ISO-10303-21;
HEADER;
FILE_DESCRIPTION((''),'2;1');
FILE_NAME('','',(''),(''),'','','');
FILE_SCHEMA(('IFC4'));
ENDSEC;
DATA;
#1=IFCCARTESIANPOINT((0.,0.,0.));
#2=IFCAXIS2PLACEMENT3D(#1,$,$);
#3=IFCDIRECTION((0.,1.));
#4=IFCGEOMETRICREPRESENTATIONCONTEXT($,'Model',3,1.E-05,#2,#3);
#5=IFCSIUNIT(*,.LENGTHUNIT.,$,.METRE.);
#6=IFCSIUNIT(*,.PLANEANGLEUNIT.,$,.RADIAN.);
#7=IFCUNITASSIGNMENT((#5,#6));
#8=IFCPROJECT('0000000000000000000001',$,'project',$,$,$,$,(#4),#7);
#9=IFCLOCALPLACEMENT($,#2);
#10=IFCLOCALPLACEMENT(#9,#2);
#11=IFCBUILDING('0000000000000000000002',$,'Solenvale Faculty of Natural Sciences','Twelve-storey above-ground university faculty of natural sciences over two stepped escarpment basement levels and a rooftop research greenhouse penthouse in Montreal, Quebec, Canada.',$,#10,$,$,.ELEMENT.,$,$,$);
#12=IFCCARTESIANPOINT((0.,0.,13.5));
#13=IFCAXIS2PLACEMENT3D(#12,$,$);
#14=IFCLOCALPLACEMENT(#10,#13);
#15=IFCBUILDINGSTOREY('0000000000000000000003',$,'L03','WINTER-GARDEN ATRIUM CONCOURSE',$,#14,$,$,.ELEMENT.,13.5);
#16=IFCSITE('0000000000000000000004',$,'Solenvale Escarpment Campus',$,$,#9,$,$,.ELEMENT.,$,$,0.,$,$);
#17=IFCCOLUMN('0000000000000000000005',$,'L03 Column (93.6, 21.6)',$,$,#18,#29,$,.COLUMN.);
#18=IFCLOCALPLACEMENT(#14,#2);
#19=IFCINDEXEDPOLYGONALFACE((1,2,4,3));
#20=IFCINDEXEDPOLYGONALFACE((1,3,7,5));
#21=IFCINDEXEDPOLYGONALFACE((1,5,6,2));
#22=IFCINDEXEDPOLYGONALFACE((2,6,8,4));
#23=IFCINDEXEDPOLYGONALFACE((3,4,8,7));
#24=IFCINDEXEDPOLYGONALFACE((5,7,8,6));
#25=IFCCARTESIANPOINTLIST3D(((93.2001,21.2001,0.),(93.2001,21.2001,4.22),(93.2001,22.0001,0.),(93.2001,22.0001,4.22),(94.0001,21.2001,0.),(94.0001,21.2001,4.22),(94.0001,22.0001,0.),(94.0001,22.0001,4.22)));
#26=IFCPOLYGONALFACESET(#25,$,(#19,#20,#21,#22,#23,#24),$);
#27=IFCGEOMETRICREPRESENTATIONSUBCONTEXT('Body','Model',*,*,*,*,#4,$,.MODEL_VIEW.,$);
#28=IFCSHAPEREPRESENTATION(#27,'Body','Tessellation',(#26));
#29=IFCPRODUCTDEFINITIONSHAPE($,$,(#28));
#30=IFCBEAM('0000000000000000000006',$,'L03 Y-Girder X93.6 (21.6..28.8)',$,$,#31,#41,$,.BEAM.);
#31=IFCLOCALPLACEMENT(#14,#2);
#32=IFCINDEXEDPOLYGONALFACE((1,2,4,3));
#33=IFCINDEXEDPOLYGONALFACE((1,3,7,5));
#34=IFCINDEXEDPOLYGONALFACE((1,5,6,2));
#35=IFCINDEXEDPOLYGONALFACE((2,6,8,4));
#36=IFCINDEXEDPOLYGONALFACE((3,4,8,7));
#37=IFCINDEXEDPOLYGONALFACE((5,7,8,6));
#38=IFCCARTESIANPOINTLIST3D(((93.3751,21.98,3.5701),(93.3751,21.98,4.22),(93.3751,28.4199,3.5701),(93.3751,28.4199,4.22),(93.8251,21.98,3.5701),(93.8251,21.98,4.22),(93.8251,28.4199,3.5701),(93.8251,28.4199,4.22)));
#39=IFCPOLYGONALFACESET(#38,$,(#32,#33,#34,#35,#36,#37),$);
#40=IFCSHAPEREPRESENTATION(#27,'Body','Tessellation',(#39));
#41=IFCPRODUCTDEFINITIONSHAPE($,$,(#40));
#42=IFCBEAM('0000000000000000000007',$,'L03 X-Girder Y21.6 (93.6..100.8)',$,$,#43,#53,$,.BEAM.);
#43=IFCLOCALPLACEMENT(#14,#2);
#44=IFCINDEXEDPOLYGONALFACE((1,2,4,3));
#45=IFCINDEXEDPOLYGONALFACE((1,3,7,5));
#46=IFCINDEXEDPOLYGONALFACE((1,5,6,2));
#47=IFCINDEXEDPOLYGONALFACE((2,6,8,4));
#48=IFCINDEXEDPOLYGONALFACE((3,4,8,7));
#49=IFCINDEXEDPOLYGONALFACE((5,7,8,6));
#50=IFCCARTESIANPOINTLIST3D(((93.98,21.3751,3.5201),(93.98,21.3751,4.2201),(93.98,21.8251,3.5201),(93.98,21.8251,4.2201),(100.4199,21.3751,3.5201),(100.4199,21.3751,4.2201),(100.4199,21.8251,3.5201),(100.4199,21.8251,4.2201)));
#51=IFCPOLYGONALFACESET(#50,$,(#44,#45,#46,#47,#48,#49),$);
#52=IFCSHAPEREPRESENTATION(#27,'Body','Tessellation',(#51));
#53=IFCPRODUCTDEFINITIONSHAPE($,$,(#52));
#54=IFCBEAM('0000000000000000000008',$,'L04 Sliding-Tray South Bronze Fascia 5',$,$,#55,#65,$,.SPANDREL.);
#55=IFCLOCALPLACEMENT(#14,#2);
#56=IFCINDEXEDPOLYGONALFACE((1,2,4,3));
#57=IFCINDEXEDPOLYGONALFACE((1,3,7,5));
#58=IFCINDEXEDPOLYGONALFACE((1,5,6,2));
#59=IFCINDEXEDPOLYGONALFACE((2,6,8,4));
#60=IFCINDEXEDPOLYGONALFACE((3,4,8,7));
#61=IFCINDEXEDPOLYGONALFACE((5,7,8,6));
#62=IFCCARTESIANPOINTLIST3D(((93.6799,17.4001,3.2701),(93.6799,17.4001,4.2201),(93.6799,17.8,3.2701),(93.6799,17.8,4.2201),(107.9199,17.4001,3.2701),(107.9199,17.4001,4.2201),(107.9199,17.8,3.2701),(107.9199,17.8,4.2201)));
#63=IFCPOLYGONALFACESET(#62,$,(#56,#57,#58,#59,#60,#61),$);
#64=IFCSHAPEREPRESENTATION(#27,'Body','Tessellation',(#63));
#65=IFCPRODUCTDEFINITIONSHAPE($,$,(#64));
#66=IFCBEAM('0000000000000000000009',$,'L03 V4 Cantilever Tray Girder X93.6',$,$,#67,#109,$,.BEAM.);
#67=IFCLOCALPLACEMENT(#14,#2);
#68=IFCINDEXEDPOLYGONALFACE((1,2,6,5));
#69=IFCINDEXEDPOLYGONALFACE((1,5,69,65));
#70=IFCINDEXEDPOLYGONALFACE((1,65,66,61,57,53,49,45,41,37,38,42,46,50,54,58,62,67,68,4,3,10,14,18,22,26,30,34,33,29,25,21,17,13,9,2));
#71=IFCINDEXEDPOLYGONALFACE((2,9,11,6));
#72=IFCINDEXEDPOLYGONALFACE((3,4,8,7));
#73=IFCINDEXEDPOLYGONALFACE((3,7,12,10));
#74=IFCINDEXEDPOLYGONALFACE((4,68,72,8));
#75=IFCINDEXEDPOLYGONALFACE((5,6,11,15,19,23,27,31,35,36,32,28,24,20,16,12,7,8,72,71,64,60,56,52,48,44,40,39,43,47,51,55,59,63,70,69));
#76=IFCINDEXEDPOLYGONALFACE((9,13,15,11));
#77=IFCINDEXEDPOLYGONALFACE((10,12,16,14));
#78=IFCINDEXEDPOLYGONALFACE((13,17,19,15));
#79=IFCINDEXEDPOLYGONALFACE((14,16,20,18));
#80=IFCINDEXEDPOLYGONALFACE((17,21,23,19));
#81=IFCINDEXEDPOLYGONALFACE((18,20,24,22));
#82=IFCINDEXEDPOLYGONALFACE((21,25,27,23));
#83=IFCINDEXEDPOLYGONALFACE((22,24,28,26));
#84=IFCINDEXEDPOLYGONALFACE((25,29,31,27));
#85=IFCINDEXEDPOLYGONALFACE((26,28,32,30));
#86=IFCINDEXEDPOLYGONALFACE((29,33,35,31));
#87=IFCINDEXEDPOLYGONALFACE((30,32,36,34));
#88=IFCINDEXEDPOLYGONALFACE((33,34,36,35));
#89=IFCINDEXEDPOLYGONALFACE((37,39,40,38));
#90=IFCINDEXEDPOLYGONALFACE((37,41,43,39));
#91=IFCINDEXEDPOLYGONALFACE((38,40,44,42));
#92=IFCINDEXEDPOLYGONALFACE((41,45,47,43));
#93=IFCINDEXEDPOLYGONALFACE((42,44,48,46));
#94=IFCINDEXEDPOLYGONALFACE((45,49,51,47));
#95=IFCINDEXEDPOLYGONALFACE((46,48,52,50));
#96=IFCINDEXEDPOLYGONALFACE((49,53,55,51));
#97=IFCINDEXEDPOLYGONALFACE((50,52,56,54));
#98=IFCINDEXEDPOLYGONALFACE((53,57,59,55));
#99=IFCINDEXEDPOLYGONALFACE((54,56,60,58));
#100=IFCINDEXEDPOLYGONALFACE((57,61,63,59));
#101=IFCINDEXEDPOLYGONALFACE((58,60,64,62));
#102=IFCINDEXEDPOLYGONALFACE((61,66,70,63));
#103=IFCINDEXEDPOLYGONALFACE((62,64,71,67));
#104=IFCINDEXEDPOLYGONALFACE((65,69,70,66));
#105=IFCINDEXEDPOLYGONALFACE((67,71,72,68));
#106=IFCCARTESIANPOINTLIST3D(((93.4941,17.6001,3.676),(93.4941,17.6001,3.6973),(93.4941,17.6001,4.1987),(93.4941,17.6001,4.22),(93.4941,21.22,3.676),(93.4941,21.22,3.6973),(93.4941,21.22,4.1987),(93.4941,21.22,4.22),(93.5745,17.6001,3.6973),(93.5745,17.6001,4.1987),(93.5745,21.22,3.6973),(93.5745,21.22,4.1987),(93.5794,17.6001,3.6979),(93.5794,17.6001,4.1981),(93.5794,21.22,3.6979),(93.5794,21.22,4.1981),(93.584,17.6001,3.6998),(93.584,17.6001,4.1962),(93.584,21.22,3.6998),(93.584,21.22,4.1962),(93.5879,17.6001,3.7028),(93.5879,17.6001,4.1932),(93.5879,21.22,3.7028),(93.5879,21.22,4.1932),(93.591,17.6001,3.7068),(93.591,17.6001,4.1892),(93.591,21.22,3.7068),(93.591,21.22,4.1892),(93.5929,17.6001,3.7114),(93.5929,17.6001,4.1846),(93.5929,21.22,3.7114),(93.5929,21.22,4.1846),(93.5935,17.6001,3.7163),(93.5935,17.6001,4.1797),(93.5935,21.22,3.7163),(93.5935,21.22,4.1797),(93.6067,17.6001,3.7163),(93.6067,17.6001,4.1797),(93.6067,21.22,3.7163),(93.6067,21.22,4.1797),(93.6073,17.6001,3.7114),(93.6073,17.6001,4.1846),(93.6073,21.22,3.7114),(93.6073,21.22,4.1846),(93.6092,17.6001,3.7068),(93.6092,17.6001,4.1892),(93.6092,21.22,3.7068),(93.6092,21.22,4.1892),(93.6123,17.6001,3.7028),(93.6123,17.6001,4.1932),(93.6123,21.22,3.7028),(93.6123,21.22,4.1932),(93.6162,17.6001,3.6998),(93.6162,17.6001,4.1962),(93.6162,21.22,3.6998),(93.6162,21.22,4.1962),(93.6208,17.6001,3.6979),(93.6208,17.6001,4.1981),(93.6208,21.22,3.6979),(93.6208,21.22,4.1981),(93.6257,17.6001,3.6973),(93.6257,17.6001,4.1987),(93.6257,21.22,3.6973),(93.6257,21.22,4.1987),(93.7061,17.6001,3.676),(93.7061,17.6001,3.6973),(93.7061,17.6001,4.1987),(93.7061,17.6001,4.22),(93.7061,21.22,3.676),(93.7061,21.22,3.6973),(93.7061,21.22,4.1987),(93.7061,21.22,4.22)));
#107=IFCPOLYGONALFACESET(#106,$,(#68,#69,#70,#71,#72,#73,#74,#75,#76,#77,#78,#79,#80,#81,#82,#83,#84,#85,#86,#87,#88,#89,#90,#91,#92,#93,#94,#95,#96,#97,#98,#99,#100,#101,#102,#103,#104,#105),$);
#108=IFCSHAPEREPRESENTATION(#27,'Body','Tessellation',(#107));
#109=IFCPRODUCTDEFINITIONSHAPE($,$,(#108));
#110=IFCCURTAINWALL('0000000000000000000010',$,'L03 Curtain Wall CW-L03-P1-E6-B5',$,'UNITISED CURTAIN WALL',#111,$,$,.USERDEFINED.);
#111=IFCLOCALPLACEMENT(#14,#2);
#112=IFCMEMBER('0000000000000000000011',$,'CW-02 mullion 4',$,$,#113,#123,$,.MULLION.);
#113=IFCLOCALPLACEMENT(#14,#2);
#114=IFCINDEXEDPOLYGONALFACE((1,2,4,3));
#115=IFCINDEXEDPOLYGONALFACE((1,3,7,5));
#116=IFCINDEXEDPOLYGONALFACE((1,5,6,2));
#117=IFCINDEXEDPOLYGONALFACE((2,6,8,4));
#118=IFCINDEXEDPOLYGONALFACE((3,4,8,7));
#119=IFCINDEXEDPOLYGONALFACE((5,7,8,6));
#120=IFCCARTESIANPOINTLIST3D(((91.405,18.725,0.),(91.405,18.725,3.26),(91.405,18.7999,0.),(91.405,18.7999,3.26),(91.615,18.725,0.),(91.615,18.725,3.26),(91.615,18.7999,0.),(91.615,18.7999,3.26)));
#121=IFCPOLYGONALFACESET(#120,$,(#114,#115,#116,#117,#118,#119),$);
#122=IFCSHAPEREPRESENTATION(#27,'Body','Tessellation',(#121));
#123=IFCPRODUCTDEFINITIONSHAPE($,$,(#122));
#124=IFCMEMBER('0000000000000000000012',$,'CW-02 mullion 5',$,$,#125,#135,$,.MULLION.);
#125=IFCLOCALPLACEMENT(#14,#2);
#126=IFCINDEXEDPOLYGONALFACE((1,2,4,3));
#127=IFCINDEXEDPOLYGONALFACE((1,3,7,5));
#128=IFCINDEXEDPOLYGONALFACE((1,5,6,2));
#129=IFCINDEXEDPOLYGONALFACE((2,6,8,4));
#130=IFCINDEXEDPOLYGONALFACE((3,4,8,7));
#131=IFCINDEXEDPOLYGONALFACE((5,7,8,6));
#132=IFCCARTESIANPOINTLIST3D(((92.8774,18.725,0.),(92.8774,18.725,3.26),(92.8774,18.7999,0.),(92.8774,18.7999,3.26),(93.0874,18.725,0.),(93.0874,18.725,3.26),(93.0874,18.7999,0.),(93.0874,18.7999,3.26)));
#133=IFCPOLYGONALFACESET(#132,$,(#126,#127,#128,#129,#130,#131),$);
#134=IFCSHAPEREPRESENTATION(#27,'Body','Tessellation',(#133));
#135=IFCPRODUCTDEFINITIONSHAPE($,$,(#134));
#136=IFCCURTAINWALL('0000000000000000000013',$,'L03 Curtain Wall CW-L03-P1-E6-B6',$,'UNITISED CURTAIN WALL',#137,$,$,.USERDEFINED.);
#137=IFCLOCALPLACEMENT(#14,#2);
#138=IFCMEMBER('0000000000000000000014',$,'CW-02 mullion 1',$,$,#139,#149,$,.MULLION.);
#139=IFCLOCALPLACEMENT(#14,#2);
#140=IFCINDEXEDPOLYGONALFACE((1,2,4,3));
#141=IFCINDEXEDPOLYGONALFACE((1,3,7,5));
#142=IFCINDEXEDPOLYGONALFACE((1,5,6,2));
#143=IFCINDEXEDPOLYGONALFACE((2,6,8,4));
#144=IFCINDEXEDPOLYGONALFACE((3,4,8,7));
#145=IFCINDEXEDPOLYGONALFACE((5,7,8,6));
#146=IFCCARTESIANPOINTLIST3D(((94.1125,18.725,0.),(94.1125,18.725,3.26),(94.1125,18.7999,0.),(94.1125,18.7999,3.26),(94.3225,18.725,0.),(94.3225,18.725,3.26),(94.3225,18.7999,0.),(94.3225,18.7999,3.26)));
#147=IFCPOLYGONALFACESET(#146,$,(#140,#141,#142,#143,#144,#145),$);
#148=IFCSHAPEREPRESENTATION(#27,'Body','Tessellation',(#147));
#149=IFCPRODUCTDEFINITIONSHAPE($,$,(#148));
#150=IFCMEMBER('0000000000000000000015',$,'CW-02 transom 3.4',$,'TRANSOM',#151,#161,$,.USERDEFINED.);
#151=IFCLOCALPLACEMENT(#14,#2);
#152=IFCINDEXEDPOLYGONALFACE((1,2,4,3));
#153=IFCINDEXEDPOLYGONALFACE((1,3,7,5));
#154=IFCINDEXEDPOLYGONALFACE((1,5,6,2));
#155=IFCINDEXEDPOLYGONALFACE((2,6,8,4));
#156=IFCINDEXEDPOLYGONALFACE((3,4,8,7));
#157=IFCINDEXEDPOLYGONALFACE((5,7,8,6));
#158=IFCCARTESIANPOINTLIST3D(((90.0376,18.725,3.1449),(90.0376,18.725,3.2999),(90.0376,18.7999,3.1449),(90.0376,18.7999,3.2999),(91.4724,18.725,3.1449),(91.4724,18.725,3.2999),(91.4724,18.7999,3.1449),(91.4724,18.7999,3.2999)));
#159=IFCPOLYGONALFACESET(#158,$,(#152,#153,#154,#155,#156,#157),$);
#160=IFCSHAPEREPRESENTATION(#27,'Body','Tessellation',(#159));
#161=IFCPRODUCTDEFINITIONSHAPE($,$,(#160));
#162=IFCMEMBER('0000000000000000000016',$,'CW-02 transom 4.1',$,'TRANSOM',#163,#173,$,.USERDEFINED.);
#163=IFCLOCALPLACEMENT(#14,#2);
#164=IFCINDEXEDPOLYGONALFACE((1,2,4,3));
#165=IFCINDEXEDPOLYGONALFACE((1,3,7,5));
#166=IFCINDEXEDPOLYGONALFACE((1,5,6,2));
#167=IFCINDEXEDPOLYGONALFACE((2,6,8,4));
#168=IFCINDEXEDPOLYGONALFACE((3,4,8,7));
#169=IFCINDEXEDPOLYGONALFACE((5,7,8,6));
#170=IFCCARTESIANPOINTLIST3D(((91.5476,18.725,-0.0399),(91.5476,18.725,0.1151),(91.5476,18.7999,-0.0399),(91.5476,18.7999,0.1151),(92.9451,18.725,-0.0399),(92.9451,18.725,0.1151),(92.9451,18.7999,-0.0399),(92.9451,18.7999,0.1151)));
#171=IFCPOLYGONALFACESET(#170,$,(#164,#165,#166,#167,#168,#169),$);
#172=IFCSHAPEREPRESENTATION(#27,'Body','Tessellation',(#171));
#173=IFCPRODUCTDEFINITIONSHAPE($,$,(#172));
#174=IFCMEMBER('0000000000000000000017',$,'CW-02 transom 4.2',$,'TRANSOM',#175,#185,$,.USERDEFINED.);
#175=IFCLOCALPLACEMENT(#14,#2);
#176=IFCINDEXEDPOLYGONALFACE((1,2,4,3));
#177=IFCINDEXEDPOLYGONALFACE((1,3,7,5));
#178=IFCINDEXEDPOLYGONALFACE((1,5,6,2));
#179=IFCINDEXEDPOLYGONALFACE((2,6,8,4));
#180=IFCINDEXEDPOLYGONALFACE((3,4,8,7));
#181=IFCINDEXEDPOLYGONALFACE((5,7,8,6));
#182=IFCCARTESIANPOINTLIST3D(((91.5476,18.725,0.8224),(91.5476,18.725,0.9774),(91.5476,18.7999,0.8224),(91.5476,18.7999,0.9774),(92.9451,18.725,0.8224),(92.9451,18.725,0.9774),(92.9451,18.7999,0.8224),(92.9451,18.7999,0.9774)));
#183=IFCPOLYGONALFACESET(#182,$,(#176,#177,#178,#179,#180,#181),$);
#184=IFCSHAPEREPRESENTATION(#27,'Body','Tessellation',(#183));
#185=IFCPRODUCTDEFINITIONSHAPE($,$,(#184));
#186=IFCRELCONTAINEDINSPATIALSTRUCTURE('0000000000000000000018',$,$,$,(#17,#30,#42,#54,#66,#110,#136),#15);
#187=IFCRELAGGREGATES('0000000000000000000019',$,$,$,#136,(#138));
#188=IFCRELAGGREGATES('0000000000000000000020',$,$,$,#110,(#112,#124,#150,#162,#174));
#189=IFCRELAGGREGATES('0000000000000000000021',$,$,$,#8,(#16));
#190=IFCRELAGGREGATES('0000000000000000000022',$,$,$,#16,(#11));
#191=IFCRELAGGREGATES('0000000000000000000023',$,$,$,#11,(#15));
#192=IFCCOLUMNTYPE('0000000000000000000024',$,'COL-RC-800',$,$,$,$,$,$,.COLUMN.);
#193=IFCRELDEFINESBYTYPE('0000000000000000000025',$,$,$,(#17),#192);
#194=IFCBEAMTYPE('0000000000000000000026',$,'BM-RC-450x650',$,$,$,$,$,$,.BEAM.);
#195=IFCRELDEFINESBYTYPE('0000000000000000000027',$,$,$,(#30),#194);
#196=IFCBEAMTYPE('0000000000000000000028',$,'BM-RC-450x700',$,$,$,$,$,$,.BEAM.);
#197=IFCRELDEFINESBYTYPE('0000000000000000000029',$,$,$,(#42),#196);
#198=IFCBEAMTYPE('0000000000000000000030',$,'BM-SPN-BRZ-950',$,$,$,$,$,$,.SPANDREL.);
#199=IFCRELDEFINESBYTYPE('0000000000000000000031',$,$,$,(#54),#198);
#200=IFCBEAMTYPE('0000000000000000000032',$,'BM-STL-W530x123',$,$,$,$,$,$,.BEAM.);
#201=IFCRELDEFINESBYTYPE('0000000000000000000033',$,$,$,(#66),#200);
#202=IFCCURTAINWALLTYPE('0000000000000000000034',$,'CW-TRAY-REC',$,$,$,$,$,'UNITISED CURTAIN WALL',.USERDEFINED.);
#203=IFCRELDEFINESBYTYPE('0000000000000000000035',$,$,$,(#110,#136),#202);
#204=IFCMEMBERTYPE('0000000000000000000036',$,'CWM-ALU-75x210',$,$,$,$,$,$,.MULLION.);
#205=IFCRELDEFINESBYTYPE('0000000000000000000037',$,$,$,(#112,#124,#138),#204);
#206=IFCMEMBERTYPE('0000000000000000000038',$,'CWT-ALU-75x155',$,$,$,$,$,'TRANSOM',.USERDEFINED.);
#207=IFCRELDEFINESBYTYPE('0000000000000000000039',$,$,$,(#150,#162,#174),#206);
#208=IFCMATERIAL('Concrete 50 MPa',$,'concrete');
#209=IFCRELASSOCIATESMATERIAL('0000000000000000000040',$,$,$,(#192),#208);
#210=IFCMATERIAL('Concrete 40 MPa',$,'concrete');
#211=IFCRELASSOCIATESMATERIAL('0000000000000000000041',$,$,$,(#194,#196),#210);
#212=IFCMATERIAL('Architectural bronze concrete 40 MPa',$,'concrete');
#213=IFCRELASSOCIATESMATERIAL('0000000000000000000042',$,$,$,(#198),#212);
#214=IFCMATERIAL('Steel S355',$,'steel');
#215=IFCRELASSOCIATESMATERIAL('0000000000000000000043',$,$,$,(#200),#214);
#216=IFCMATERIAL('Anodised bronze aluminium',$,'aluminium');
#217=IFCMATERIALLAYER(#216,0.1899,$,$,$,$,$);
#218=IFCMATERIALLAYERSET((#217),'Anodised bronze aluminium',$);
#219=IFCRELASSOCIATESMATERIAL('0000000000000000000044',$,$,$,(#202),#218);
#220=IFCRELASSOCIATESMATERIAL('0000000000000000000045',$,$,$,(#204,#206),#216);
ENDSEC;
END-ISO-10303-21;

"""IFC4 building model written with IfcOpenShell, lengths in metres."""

from ifc_helpers import new_model, si_unit, direction, frame, origin, origin_2d, place, context, subcontext, project, spatial, rectangle, i_section, extrude, material, layer, layer_set, material_profile, profile_set, type_object, element, aggregate, save


model = new_model("IFC4")

# Units and contexts
model_context = context("Model", 3, precision=1e-05, world=origin(), true_north=direction((0.0, 1.0)))
body_context = subcontext(model_context, "Body", "Model", "MODEL_VIEW")
ifc_project = project(units=[si_unit("LENGTHUNIT", "METRE"), si_unit("PLANEANGLEUNIT", "RADIAN")], contexts=[model_context])

# Site, building, storey
site_placement = place(None, origin())
site = spatial("IfcSite", under=ifc_project, at=site_placement, Name="Solenvale Escarpment Campus", CompositionType="ELEMENT", RefElevation=0.0)
building_placement = place(site_placement, origin())
building = spatial("IfcBuilding", under=site, at=building_placement, Name="Solenvale Faculty of Natural Sciences", Description="Twelve-storey above-ground university faculty of natural sciences over two stepped escarpment basement levels and a rooftop research greenhouse penthouse in Montreal, Quebec, Canada.", CompositionType="ELEMENT")
storey_placement = place(building_placement, frame((0.0, 0.0, 13.5)))
storey = spatial("IfcBuildingStorey", under=building, at=storey_placement, Name="L03", Description="WINTER-GARDEN ATRIUM CONCOURSE", CompositionType="ELEMENT", Elevation=13.5)

# Column
ifc_material_1 = material(Name="Concrete 50 MPa", Category="concrete")
ifc_material_profile_1 = material_profile(ifc_material_1, rectangle(XDim=0.8, YDim=0.8, at=origin_2d()), Name="RC-COL-800x800")
ifc_profile_set_1 = profile_set([ifc_material_profile_1], Name="Concrete 50 MPa")
column_type = type_object("IfcColumnType", Name="COL-RC-800", PredefinedType="COLUMN", material=ifc_profile_set_1)
column_placement = place(storey_placement, frame((93.6001, 21.6001, 0.0), z_axis=(0.0, 0.0, 1.0), x_axis=(1.0, 0.0, 0.0)))
element("IfcColumn", 1, at=column_placement, inside=storey, type_object=column_type, Name="L03 Column (93.6, 21.6)", PredefinedType="COLUMN", context=body_context, shape_type="SweptSolid", body=[
    extrude(rectangle(XDim=0.8, YDim=0.8, at=origin_2d()), origin(), (0.0, 0.0, 1.0), 4.22),
])

# Beams
ifc_material_2 = material(Name="Concrete 40 MPa", Category="concrete")
ifc_material_profile_2 = material_profile(ifc_material_2, rectangle(XDim=0.45, YDim=0.6499, at=origin_2d()), Name="RC-BM-450x650")
ifc_profile_set_2 = profile_set([ifc_material_profile_2], Name="Concrete 40 MPa")
beam_type_1 = type_object("IfcBeamType", Name="BM-RC-450x650", PredefinedType="BEAM", material=ifc_profile_set_2)
beam_1_placement = place(storey_placement, frame((93.6001, 21.98, 3.895), z_axis=(0.0, 1.0, 0.0), x_axis=(-1.0, 0.0, 0.0)))
element("IfcBeam", 2, at=beam_1_placement, inside=storey, type_object=beam_type_1, Name="L03 Y-Girder X93.6 (21.6..28.8)", PredefinedType="BEAM", context=body_context, shape_type="SweptSolid", body=[
    extrude(rectangle(XDim=0.45, YDim=0.6499, at=origin_2d()), origin(), (0.0, 0.0, 1.0), 6.4399),
])
ifc_material_profile_3 = material_profile(ifc_material_2, rectangle(XDim=0.45, YDim=0.7, at=origin_2d()), Name="RC-BM-450x700")
ifc_profile_set_3 = profile_set([ifc_material_profile_3], Name="Concrete 40 MPa")
beam_type_2 = type_object("IfcBeamType", Name="BM-RC-450x700", PredefinedType="BEAM", material=ifc_profile_set_3)
beam_2_placement = place(storey_placement, frame((93.98, 21.6001, 3.8701), z_axis=(1.0, 0.0, 0.0), x_axis=(0.0, 1.0, 0.0)))
element("IfcBeam", 3, at=beam_2_placement, inside=storey, type_object=beam_type_2, Name="L03 X-Girder Y21.6 (93.6..100.8)", PredefinedType="BEAM", context=body_context, shape_type="SweptSolid", body=[
    extrude(rectangle(XDim=0.45, YDim=0.7, at=origin_2d()), origin(), (0.0, 0.0, 1.0), 6.4399),
])
ifc_material_3 = material(Name="Architectural bronze concrete 40 MPa", Category="concrete")
ifc_material_profile_4 = material_profile(ifc_material_3, rectangle(XDim=0.3999, YDim=0.95, at=origin_2d()), Name="RC-SPN-400x950")
ifc_profile_set_4 = profile_set([ifc_material_profile_4], Name="Architectural bronze concrete 40 MPa")
beam_type_3 = type_object("IfcBeamType", Name="BM-SPN-BRZ-950", PredefinedType="SPANDREL", material=ifc_profile_set_4)
beam_3_placement = place(storey_placement, frame((93.6799, 17.6001, 3.7451), z_axis=(1.0, 0.0, 0.0), x_axis=(0.0, 1.0, 0.0)))
element("IfcBeam", 4, at=beam_3_placement, inside=storey, type_object=beam_type_3, Name="L04 Sliding-Tray South Bronze Fascia 5", PredefinedType="SPANDREL", context=body_context, shape_type="SweptSolid", body=[
    extrude(rectangle(XDim=0.3999, YDim=0.95, at=origin_2d()), origin(), (0.0, 0.0, 1.0), 14.24),
])
ifc_material_4 = material(Name="Steel S355", Category="steel")
ifc_material_profile_5 = material_profile(ifc_material_4, i_section(OverallWidth=0.2119, OverallDepth=0.5439, WebThickness=0.0132, FlangeThickness=0.0212, FilletRadius=0.019, at=origin_2d()), Name="W530x123")
ifc_profile_set_5 = profile_set([ifc_material_profile_5], Name="Steel S355")
beam_type_4 = type_object("IfcBeamType", Name="BM-STL-W530x123", PredefinedType="BEAM", material=ifc_profile_set_5)
beam_4_placement = place(storey_placement, frame((93.6001, 21.22, 3.948), z_axis=(0.0, -1.0, 0.0), x_axis=(1.0, 0.0, 0.0)))
element("IfcBeam", 5, at=beam_4_placement, inside=storey, type_object=beam_type_4, Name="L03 V4 Cantilever Tray Girder X93.6", PredefinedType="BEAM", context=body_context, shape_type="SweptSolid", body=[
    extrude(i_section(OverallWidth=0.2119, OverallDepth=0.5439, WebThickness=0.0132, FlangeThickness=0.0212, FilletRadius=0.019, at=origin_2d()), origin(), (0.0, 0.0, 1.0), 3.6199),
])

# Curtain wall, members
ifc_material_5 = material(Name="Anodised bronze aluminium", Category="aluminium")
ifc_layer_1 = layer(ifc_material_5, 0.1899)
ifc_layer_set_1 = layer_set([ifc_layer_1], Name="Anodised bronze aluminium")
curtain_wall_type = type_object("IfcCurtainWallType", Name="CW-TRAY-REC", ElementType="UNITISED CURTAIN WALL", PredefinedType="USERDEFINED", material=ifc_layer_set_1)
curtain_wall_1_placement = place(storey_placement, origin())
curtain_wall_1 = element("IfcCurtainWall", 6, at=curtain_wall_1_placement, inside=storey, type_object=curtain_wall_type, Name="L03 Curtain Wall CW-L03-P1-E6-B5", ObjectType="UNITISED CURTAIN WALL", PredefinedType="USERDEFINED")
ifc_material_profile_6 = material_profile(ifc_material_5, rectangle(XDim=0.075, YDim=0.21, at=origin_2d()), Name="ALU-MUL-75x210")
ifc_profile_set_6 = profile_set([ifc_material_profile_6], Name="Anodised bronze aluminium")
member_type_1 = type_object("IfcMemberType", Name="CWM-ALU-75x210", PredefinedType="MULLION", material=ifc_profile_set_6)
member_1_placement = place(storey_placement, frame((91.51, 18.7625, 0.0), z_axis=(0.0, 0.0, 1.0), x_axis=(0.0, 1.0, 0.0)))
member_1 = element("IfcMember", 7, at=member_1_placement, type_object=member_type_1, Name="CW-02 mullion 4", PredefinedType="MULLION", context=body_context, shape_type="SweptSolid", body=[
    extrude(rectangle(XDim=0.075, YDim=0.21, at=origin_2d()), origin(), (0.0, 0.0, 1.0), 3.26),
])
member_2_placement = place(storey_placement, frame((92.9824, 18.7625, 0.0), z_axis=(0.0, 0.0, 1.0), x_axis=(0.0, 1.0, 0.0)))
member_2 = element("IfcMember", 8, at=member_2_placement, type_object=member_type_1, Name="CW-02 mullion 5", PredefinedType="MULLION", context=body_context, shape_type="SweptSolid", body=[
    extrude(rectangle(XDim=0.075, YDim=0.21, at=origin_2d()), origin(), (0.0, 0.0, 1.0), 3.26),
])

# Curtain wall, member
curtain_wall_2_placement = place(storey_placement, origin())
curtain_wall_2 = element("IfcCurtainWall", 9, at=curtain_wall_2_placement, inside=storey, type_object=curtain_wall_type, Name="L03 Curtain Wall CW-L03-P1-E6-B6", ObjectType="UNITISED CURTAIN WALL", PredefinedType="USERDEFINED")
member_3_placement = place(storey_placement, frame((94.2175, 18.7625, 0.0), z_axis=(0.0, 0.0, 1.0), x_axis=(0.0, 1.0, 0.0)))
member_3 = element("IfcMember", 10, at=member_3_placement, type_object=member_type_1, Name="CW-02 mullion 1", PredefinedType="MULLION", context=body_context, shape_type="SweptSolid", body=[
    extrude(rectangle(XDim=0.075, YDim=0.21, at=origin_2d()), origin(), (0.0, 0.0, 1.0), 3.26),
])

# Members
ifc_material_profile_7 = material_profile(ifc_material_5, rectangle(XDim=0.075, YDim=0.155, at=origin_2d()), Name="ALU-TRN-75x155")
ifc_profile_set_7 = profile_set([ifc_material_profile_7], Name="Anodised bronze aluminium")
member_type_2 = type_object("IfcMemberType", Name="CWT-ALU-75x155", ElementType="TRANSOM", PredefinedType="USERDEFINED", material=ifc_profile_set_7)
member_4_placement = place(storey_placement, frame((90.0376, 18.7625, 3.2224), z_axis=(1.0, 0.0, 0.0), x_axis=(0.0, 1.0, 0.0)))
member_4 = element("IfcMember", 11, at=member_4_placement, type_object=member_type_2, Name="CW-02 transom 3.4", ObjectType="TRANSOM", PredefinedType="USERDEFINED", context=body_context, shape_type="SweptSolid", body=[
    extrude(rectangle(XDim=0.075, YDim=0.155, at=origin_2d()), origin(), (0.0, 0.0, 1.0), 1.4348),
])
member_5_placement = place(storey_placement, frame((91.5476, 18.7625, 0.0376), z_axis=(1.0, 0.0, 0.0), x_axis=(0.0, 1.0, 0.0)))
member_5 = element("IfcMember", 12, at=member_5_placement, type_object=member_type_2, Name="CW-02 transom 4.1", ObjectType="TRANSOM", PredefinedType="USERDEFINED", context=body_context, shape_type="SweptSolid", body=[
    extrude(rectangle(XDim=0.075, YDim=0.155, at=origin_2d()), origin(), (0.0, 0.0, 1.0), 1.3975),
])
member_6_placement = place(storey_placement, frame((91.5476, 18.7625, 0.8999), z_axis=(1.0, 0.0, 0.0), x_axis=(0.0, 1.0, 0.0)))
member_6 = element("IfcMember", 13, at=member_6_placement, type_object=member_type_2, Name="CW-02 transom 4.2", ObjectType="TRANSOM", PredefinedType="USERDEFINED", context=body_context, shape_type="SweptSolid", body=[
    extrude(rectangle(XDim=0.075, YDim=0.155, at=origin_2d()), origin(), (0.0, 0.0, 1.0), 1.3975),
])
aggregate(curtain_wall_2, [member_3])

aggregate(curtain_wall_1, [member_1, member_2, member_4, member_5, member_6])

save(model, "model.ifc")
